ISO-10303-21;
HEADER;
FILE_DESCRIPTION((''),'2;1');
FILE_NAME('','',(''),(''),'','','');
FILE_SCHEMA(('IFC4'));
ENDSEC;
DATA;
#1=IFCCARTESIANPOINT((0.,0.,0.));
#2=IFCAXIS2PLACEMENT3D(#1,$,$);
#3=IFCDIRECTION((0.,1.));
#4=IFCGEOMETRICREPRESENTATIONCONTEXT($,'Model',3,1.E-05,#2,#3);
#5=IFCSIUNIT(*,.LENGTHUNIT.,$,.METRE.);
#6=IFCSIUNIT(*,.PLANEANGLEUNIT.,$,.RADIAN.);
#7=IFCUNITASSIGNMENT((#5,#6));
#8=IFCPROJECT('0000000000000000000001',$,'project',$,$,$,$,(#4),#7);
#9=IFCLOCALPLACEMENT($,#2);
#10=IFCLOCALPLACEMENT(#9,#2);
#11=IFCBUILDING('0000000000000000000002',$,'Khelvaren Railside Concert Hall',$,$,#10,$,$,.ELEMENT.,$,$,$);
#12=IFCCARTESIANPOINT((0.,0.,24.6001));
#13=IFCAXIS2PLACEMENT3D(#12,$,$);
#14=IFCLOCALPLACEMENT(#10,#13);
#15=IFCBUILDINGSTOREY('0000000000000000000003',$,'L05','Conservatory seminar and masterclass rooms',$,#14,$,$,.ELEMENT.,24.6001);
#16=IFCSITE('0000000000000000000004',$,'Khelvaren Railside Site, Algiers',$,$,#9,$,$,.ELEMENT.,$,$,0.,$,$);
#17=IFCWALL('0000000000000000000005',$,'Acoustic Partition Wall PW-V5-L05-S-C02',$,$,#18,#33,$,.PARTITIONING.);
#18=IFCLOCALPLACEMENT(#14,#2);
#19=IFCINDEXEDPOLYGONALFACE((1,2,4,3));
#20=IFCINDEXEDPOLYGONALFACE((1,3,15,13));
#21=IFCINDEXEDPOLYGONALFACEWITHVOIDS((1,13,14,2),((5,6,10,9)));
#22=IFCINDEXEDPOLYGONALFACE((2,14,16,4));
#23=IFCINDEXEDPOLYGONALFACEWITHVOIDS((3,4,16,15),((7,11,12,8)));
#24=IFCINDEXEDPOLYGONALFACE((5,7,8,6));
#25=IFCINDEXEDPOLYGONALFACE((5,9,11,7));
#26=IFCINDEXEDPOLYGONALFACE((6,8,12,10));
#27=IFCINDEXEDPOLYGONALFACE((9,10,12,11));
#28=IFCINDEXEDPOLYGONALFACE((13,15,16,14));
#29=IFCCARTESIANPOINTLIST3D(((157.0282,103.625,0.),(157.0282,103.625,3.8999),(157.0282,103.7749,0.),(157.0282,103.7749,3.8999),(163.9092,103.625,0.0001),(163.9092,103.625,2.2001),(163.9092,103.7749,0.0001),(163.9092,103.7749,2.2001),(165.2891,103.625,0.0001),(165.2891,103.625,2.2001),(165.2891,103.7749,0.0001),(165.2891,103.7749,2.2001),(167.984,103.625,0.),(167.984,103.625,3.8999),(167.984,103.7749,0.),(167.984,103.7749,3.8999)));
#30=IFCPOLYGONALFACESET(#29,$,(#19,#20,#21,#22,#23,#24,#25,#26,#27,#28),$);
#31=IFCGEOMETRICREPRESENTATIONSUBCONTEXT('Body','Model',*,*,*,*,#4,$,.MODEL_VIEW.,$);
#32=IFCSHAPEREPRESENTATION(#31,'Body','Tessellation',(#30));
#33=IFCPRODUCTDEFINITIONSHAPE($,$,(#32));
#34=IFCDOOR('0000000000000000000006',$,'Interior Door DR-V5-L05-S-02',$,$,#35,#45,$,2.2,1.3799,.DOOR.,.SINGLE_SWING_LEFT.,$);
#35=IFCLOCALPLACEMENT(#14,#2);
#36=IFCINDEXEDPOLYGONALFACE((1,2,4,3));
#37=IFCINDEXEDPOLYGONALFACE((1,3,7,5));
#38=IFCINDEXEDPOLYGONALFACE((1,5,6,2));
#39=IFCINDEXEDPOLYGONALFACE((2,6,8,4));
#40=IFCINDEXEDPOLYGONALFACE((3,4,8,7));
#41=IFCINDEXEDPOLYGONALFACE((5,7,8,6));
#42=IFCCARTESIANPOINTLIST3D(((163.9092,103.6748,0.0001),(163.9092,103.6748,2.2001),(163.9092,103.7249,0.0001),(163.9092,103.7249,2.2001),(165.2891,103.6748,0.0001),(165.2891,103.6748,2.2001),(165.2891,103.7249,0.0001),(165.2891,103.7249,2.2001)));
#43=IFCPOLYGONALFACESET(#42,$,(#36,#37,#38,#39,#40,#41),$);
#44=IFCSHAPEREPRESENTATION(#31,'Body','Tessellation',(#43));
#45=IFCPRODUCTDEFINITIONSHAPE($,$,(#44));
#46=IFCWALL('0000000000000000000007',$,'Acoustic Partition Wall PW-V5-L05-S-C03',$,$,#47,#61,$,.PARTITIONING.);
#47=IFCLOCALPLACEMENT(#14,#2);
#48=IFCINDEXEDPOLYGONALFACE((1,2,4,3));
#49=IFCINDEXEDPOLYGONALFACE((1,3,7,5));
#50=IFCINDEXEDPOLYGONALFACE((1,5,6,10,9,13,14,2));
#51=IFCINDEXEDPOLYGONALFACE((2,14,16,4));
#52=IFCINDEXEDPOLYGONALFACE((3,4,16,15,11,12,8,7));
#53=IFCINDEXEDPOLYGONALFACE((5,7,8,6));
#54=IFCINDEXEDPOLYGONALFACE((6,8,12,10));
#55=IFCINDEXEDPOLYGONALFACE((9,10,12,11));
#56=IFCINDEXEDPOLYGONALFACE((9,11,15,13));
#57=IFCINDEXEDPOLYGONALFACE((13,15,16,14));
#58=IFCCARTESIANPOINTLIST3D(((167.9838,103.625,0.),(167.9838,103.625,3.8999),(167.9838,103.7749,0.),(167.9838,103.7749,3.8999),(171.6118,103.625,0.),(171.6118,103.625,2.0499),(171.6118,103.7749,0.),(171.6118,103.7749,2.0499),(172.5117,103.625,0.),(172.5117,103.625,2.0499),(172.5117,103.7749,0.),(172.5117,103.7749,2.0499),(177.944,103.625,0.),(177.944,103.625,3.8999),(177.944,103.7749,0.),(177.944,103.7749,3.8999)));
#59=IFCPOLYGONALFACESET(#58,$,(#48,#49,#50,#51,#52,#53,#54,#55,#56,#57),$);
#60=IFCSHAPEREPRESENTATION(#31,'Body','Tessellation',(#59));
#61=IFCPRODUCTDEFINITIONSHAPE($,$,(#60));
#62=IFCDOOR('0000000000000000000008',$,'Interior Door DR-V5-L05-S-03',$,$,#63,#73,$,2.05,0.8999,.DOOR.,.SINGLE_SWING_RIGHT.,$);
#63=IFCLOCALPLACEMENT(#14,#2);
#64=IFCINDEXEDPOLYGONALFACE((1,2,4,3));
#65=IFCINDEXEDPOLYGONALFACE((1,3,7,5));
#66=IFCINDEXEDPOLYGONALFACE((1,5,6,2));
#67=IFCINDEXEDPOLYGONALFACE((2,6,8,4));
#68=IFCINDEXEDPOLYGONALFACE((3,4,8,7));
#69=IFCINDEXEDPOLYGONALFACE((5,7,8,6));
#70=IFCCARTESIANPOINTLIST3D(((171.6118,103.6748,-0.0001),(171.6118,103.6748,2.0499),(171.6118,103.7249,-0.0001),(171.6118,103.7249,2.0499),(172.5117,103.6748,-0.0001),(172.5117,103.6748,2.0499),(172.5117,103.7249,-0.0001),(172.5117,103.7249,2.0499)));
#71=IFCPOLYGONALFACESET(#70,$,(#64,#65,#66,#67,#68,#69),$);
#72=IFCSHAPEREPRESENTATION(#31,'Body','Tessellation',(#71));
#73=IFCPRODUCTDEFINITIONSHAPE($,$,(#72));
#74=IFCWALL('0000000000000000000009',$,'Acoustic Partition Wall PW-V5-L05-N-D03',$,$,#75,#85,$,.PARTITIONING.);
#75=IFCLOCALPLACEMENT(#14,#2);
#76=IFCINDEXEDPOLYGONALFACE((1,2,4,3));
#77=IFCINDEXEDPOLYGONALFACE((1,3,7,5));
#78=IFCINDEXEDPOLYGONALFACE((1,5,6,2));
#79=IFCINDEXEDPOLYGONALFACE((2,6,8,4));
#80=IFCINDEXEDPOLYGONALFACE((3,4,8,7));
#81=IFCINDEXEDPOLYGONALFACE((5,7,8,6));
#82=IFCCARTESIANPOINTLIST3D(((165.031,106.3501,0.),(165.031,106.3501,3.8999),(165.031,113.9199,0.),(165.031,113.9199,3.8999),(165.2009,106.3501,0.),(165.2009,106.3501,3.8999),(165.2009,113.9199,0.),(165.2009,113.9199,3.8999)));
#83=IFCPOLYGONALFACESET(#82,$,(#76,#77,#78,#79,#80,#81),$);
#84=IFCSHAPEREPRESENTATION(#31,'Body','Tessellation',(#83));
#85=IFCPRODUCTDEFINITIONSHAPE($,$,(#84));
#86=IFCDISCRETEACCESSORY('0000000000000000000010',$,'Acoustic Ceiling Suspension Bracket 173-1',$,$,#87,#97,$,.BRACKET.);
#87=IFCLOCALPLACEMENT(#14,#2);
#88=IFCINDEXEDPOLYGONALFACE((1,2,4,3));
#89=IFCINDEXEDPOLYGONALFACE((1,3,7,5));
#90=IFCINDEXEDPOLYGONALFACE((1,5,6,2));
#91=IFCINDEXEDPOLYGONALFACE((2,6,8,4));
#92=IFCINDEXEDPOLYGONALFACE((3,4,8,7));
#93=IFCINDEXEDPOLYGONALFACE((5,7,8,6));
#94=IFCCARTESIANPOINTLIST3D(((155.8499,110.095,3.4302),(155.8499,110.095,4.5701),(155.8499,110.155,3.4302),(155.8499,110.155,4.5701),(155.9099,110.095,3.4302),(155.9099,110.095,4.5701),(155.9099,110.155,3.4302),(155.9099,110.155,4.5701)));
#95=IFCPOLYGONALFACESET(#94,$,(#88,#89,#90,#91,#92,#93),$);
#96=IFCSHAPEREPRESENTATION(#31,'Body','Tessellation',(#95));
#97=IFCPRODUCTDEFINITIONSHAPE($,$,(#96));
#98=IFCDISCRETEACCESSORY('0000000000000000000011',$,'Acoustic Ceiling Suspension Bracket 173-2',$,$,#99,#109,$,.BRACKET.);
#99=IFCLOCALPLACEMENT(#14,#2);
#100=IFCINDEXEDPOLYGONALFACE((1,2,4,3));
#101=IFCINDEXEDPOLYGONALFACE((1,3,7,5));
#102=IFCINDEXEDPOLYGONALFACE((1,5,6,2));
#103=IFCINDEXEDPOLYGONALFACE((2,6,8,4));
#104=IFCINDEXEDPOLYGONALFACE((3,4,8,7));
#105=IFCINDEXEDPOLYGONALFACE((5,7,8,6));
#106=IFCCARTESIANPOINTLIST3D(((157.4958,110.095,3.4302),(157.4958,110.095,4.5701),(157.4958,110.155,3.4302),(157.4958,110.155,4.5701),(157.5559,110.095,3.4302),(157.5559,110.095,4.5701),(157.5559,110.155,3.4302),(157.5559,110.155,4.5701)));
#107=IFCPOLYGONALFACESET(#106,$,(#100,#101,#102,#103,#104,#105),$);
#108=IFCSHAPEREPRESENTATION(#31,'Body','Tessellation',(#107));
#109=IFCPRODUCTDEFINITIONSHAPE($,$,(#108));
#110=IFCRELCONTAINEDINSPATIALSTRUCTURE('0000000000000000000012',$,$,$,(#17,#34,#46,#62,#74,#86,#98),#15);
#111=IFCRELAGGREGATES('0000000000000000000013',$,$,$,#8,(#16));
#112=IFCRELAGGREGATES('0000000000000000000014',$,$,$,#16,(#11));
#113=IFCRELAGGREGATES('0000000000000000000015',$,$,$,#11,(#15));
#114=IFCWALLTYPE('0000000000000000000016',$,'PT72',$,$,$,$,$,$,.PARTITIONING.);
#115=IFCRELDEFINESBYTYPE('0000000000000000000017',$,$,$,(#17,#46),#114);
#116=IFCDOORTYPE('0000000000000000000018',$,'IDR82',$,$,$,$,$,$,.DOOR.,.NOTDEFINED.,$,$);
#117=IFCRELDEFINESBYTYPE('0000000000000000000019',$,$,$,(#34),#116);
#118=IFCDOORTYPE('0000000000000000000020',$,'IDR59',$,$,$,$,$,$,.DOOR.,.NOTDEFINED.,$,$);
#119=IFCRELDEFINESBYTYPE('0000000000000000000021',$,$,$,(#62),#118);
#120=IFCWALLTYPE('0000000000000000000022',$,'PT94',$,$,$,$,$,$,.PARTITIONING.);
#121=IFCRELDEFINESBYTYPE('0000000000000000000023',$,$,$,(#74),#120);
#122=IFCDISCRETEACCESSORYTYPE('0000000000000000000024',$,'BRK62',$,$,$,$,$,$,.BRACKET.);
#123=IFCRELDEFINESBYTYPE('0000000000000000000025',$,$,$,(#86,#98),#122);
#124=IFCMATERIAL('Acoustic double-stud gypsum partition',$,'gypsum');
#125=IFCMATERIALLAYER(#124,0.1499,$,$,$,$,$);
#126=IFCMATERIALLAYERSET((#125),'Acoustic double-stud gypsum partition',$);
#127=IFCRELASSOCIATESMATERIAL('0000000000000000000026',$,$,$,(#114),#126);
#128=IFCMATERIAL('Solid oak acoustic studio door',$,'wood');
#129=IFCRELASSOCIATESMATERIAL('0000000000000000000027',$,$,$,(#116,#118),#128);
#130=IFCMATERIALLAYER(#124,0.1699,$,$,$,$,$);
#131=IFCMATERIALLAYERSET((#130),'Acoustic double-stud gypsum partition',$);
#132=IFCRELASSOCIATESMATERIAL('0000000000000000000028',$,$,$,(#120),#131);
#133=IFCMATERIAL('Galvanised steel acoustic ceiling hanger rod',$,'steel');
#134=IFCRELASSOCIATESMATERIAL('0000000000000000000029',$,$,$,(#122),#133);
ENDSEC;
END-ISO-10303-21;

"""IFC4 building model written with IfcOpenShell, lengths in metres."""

from ifc_helpers import new_model, si_unit, direction, frame, frame_2d, origin, origin_2d, place, context, subcontext, project, spatial, rectangle, extrude, material, layer, layer_set, type_object, element, fill, save


model = new_model("IFC4")

# Units and contexts
model_context = context("Model", 3, precision=1e-05, world=origin(), true_north=direction((0.0, 1.0)))
body_context = subcontext(model_context, "Body", "Model", "MODEL_VIEW")
ifc_project = project(units=[si_unit("LENGTHUNIT", "METRE"), si_unit("PLANEANGLEUNIT", "RADIAN")], contexts=[model_context])

# Site, building, storey
site_placement = place(None, origin())
site = spatial("IfcSite", under=ifc_project, at=site_placement, Name="Khelvaren Railside Site, Algiers", CompositionType="ELEMENT", RefElevation=0.0)
building_placement = place(site_placement, origin())
building = spatial("IfcBuilding", under=site, at=building_placement, Name="Khelvaren Railside Concert Hall", CompositionType="ELEMENT")
storey_placement = place(building_placement, frame((0.0, 0.0, 24.6001)))
storey = spatial("IfcBuildingStorey", under=building, at=storey_placement, Name="L05", Description="Conservatory seminar and masterclass rooms", CompositionType="ELEMENT", Elevation=24.6001)

# Shared definitions
ifc_material_1 = material(Name="Acoustic double-stud gypsum partition", Category="gypsum")

# Shared definitions
ifc_material_2 = material(Name="Solid oak acoustic studio door", Category="wood")

# Walls, openings, doors
ifc_layer_1 = layer(ifc_material_1, 0.1499)
ifc_layer_set_1 = layer_set([ifc_layer_1], Name="Acoustic double-stud gypsum partition")
wall_type_1 = type_object("IfcWallType", Name="PT72", PredefinedType="PARTITIONING", material=ifc_layer_set_1)
wall_1_placement = place(storey_placement, frame((157.0281, 103.7, 0.0), z_axis=(0.0, 0.0, 1.0), x_axis=(1.0, 0.0, 0.0)))
wall_1 = element("IfcWall", 1, at=wall_1_placement, inside=storey, type_object=wall_type_1, Name="Acoustic Partition Wall PW-V5-L05-S-C02", PredefinedType="PARTITIONING", context=body_context, shape_type="SweptSolid", body=[
    extrude(rectangle(XDim=10.9558, YDim=0.1499, at=frame_2d((5.478, 0.0))), origin(), (0.0, 0.0, 1.0), 3.8999),
])
opening_1_placement = place(wall_1_placement, frame((6.8811, 0.0, 0.0)))
opening_1 = element("IfcOpeningElement", 2, at=opening_1_placement, cuts=wall_1, PredefinedType="OPENING", context=body_context, shape_type="SweptSolid", body=[
    extrude(rectangle(XDim=1.3799, YDim=2.2, at=frame_2d((0.6899, 1.1001))), frame((0.0, 0.085, 0.0), z_axis=(0.0, -1.0, 0.0), x_axis=(1.0, 0.0, 0.0)), (0.0, 0.0, 1.0), 0.1699),
])
door_type_1 = type_object("IfcDoorType", Name="IDR82", OperationType="NOTDEFINED", PredefinedType="DOOR", material=ifc_material_2)
door_1_placement = place(opening_1_placement, origin())
door_1 = element("IfcDoor", 3, at=door_1_placement, inside=storey, type_object=door_type_1, Name="Interior Door DR-V5-L05-S-02", OperationType="SINGLE_SWING_LEFT", OverallHeight=2.2, OverallWidth=1.3799, PredefinedType="DOOR", context=body_context, shape_type="SweptSolid", body=[
    extrude(rectangle(XDim=1.3799, YDim=2.2, at=frame_2d((0.6899, 1.1001))), frame((0.0, 0.0249, 0.0), z_axis=(0.0, -1.0, 0.0), x_axis=(1.0, 0.0, 0.0)), (0.0, 0.0, 1.0), 0.05),
])
fill(opening_1, door_1)
wall_2_placement = place(storey_placement, frame((167.9839, 103.7, 0.0), z_axis=(0.0, 0.0, 1.0), x_axis=(1.0, 0.0, 0.0)))
wall_2 = element("IfcWall", 4, at=wall_2_placement, inside=storey, type_object=wall_type_1, Name="Acoustic Partition Wall PW-V5-L05-S-C03", PredefinedType="PARTITIONING", context=body_context, shape_type="SweptSolid", body=[
    extrude(rectangle(XDim=9.9602, YDim=0.1499, at=frame_2d((4.98, 0.0))), origin(), (0.0, 0.0, 1.0), 3.8999),
])
opening_2_placement = place(wall_2_placement, frame((3.6279, 0.0, 0.0)))
opening_2 = element("IfcOpeningElement", 5, at=opening_2_placement, cuts=wall_2, PredefinedType="OPENING", context=body_context, shape_type="SweptSolid", body=[
    extrude(rectangle(XDim=0.8999, YDim=2.05, at=frame_2d((0.45, 1.0249))), frame((0.0, 0.085, 0.0), z_axis=(0.0, -1.0, 0.0), x_axis=(1.0, 0.0, 0.0)), (0.0, 0.0, 1.0), 0.1699),
])
door_type_2 = type_object("IfcDoorType", Name="IDR59", OperationType="NOTDEFINED", PredefinedType="DOOR", material=ifc_material_2)
door_2_placement = place(opening_2_placement, origin())
door_2 = element("IfcDoor", 6, at=door_2_placement, inside=storey, type_object=door_type_2, Name="Interior Door DR-V5-L05-S-03", OperationType="SINGLE_SWING_RIGHT", OverallHeight=2.05, OverallWidth=0.8999, PredefinedType="DOOR", context=body_context, shape_type="SweptSolid", body=[
    extrude(rectangle(XDim=0.8999, YDim=2.05, at=frame_2d((0.45, 1.0249))), frame((0.0, 0.0249, 0.0), z_axis=(0.0, -1.0, 0.0), x_axis=(1.0, 0.0, 0.0)), (0.0, 0.0, 1.0), 0.05),
])
fill(opening_2, door_2)

# Wall
ifc_layer_2 = layer(ifc_material_1, 0.1699)
ifc_layer_set_2 = layer_set([ifc_layer_2], Name="Acoustic double-stud gypsum partition")
wall_type_2 = type_object("IfcWallType", Name="PT94", PredefinedType="PARTITIONING", material=ifc_layer_set_2)
wall_3_placement = place(storey_placement, frame((165.116, 106.3501, 0.0), z_axis=(0.0, 0.0, 1.0), x_axis=(0.0, 1.0, 0.0)))
element("IfcWall", 7, at=wall_3_placement, inside=storey, type_object=wall_type_2, Name="Acoustic Partition Wall PW-V5-L05-N-D03", PredefinedType="PARTITIONING", context=body_context, shape_type="SweptSolid", body=[
    extrude(rectangle(XDim=7.5698, YDim=0.1699, at=frame_2d((3.7849, 0.0))), origin(), (0.0, 0.0, 1.0), 3.8999),
])

# Discrete accessories
ifc_material_3 = material(Name="Galvanised steel acoustic ceiling hanger rod", Category="steel")
discrete_accessory_type = type_object("IfcDiscreteAccessoryType", Name="BRK62", PredefinedType="BRACKET", material=ifc_material_3)
for number, where, z_axis, x_axis, name in (
    (8, (155.8799, 110.125, 3.4302), (0.0, 0.0, 1.0), (1.0, 0.0, 0.0), "Acoustic Ceiling Suspension Bracket 173-1"),
    (9, (157.5259, 110.125, 3.4302), (0.0, 0.0, 1.0), (1.0, 0.0, 0.0), "Acoustic Ceiling Suspension Bracket 173-2"),
):
    element("IfcDiscreteAccessory", number, at=place(storey_placement, frame(where, z_axis=z_axis, x_axis=x_axis)), inside=storey, type_object=discrete_accessory_type, Name=name, PredefinedType="BRACKET", context=body_context, shape_type="SweptSolid", body=[
        extrude(rectangle(XDim=0.0601, YDim=0.0601, at=origin_2d()), origin(), (0.0, 0.0, 1.0), 1.1399),
    ])

save(model, "model.ifc")
